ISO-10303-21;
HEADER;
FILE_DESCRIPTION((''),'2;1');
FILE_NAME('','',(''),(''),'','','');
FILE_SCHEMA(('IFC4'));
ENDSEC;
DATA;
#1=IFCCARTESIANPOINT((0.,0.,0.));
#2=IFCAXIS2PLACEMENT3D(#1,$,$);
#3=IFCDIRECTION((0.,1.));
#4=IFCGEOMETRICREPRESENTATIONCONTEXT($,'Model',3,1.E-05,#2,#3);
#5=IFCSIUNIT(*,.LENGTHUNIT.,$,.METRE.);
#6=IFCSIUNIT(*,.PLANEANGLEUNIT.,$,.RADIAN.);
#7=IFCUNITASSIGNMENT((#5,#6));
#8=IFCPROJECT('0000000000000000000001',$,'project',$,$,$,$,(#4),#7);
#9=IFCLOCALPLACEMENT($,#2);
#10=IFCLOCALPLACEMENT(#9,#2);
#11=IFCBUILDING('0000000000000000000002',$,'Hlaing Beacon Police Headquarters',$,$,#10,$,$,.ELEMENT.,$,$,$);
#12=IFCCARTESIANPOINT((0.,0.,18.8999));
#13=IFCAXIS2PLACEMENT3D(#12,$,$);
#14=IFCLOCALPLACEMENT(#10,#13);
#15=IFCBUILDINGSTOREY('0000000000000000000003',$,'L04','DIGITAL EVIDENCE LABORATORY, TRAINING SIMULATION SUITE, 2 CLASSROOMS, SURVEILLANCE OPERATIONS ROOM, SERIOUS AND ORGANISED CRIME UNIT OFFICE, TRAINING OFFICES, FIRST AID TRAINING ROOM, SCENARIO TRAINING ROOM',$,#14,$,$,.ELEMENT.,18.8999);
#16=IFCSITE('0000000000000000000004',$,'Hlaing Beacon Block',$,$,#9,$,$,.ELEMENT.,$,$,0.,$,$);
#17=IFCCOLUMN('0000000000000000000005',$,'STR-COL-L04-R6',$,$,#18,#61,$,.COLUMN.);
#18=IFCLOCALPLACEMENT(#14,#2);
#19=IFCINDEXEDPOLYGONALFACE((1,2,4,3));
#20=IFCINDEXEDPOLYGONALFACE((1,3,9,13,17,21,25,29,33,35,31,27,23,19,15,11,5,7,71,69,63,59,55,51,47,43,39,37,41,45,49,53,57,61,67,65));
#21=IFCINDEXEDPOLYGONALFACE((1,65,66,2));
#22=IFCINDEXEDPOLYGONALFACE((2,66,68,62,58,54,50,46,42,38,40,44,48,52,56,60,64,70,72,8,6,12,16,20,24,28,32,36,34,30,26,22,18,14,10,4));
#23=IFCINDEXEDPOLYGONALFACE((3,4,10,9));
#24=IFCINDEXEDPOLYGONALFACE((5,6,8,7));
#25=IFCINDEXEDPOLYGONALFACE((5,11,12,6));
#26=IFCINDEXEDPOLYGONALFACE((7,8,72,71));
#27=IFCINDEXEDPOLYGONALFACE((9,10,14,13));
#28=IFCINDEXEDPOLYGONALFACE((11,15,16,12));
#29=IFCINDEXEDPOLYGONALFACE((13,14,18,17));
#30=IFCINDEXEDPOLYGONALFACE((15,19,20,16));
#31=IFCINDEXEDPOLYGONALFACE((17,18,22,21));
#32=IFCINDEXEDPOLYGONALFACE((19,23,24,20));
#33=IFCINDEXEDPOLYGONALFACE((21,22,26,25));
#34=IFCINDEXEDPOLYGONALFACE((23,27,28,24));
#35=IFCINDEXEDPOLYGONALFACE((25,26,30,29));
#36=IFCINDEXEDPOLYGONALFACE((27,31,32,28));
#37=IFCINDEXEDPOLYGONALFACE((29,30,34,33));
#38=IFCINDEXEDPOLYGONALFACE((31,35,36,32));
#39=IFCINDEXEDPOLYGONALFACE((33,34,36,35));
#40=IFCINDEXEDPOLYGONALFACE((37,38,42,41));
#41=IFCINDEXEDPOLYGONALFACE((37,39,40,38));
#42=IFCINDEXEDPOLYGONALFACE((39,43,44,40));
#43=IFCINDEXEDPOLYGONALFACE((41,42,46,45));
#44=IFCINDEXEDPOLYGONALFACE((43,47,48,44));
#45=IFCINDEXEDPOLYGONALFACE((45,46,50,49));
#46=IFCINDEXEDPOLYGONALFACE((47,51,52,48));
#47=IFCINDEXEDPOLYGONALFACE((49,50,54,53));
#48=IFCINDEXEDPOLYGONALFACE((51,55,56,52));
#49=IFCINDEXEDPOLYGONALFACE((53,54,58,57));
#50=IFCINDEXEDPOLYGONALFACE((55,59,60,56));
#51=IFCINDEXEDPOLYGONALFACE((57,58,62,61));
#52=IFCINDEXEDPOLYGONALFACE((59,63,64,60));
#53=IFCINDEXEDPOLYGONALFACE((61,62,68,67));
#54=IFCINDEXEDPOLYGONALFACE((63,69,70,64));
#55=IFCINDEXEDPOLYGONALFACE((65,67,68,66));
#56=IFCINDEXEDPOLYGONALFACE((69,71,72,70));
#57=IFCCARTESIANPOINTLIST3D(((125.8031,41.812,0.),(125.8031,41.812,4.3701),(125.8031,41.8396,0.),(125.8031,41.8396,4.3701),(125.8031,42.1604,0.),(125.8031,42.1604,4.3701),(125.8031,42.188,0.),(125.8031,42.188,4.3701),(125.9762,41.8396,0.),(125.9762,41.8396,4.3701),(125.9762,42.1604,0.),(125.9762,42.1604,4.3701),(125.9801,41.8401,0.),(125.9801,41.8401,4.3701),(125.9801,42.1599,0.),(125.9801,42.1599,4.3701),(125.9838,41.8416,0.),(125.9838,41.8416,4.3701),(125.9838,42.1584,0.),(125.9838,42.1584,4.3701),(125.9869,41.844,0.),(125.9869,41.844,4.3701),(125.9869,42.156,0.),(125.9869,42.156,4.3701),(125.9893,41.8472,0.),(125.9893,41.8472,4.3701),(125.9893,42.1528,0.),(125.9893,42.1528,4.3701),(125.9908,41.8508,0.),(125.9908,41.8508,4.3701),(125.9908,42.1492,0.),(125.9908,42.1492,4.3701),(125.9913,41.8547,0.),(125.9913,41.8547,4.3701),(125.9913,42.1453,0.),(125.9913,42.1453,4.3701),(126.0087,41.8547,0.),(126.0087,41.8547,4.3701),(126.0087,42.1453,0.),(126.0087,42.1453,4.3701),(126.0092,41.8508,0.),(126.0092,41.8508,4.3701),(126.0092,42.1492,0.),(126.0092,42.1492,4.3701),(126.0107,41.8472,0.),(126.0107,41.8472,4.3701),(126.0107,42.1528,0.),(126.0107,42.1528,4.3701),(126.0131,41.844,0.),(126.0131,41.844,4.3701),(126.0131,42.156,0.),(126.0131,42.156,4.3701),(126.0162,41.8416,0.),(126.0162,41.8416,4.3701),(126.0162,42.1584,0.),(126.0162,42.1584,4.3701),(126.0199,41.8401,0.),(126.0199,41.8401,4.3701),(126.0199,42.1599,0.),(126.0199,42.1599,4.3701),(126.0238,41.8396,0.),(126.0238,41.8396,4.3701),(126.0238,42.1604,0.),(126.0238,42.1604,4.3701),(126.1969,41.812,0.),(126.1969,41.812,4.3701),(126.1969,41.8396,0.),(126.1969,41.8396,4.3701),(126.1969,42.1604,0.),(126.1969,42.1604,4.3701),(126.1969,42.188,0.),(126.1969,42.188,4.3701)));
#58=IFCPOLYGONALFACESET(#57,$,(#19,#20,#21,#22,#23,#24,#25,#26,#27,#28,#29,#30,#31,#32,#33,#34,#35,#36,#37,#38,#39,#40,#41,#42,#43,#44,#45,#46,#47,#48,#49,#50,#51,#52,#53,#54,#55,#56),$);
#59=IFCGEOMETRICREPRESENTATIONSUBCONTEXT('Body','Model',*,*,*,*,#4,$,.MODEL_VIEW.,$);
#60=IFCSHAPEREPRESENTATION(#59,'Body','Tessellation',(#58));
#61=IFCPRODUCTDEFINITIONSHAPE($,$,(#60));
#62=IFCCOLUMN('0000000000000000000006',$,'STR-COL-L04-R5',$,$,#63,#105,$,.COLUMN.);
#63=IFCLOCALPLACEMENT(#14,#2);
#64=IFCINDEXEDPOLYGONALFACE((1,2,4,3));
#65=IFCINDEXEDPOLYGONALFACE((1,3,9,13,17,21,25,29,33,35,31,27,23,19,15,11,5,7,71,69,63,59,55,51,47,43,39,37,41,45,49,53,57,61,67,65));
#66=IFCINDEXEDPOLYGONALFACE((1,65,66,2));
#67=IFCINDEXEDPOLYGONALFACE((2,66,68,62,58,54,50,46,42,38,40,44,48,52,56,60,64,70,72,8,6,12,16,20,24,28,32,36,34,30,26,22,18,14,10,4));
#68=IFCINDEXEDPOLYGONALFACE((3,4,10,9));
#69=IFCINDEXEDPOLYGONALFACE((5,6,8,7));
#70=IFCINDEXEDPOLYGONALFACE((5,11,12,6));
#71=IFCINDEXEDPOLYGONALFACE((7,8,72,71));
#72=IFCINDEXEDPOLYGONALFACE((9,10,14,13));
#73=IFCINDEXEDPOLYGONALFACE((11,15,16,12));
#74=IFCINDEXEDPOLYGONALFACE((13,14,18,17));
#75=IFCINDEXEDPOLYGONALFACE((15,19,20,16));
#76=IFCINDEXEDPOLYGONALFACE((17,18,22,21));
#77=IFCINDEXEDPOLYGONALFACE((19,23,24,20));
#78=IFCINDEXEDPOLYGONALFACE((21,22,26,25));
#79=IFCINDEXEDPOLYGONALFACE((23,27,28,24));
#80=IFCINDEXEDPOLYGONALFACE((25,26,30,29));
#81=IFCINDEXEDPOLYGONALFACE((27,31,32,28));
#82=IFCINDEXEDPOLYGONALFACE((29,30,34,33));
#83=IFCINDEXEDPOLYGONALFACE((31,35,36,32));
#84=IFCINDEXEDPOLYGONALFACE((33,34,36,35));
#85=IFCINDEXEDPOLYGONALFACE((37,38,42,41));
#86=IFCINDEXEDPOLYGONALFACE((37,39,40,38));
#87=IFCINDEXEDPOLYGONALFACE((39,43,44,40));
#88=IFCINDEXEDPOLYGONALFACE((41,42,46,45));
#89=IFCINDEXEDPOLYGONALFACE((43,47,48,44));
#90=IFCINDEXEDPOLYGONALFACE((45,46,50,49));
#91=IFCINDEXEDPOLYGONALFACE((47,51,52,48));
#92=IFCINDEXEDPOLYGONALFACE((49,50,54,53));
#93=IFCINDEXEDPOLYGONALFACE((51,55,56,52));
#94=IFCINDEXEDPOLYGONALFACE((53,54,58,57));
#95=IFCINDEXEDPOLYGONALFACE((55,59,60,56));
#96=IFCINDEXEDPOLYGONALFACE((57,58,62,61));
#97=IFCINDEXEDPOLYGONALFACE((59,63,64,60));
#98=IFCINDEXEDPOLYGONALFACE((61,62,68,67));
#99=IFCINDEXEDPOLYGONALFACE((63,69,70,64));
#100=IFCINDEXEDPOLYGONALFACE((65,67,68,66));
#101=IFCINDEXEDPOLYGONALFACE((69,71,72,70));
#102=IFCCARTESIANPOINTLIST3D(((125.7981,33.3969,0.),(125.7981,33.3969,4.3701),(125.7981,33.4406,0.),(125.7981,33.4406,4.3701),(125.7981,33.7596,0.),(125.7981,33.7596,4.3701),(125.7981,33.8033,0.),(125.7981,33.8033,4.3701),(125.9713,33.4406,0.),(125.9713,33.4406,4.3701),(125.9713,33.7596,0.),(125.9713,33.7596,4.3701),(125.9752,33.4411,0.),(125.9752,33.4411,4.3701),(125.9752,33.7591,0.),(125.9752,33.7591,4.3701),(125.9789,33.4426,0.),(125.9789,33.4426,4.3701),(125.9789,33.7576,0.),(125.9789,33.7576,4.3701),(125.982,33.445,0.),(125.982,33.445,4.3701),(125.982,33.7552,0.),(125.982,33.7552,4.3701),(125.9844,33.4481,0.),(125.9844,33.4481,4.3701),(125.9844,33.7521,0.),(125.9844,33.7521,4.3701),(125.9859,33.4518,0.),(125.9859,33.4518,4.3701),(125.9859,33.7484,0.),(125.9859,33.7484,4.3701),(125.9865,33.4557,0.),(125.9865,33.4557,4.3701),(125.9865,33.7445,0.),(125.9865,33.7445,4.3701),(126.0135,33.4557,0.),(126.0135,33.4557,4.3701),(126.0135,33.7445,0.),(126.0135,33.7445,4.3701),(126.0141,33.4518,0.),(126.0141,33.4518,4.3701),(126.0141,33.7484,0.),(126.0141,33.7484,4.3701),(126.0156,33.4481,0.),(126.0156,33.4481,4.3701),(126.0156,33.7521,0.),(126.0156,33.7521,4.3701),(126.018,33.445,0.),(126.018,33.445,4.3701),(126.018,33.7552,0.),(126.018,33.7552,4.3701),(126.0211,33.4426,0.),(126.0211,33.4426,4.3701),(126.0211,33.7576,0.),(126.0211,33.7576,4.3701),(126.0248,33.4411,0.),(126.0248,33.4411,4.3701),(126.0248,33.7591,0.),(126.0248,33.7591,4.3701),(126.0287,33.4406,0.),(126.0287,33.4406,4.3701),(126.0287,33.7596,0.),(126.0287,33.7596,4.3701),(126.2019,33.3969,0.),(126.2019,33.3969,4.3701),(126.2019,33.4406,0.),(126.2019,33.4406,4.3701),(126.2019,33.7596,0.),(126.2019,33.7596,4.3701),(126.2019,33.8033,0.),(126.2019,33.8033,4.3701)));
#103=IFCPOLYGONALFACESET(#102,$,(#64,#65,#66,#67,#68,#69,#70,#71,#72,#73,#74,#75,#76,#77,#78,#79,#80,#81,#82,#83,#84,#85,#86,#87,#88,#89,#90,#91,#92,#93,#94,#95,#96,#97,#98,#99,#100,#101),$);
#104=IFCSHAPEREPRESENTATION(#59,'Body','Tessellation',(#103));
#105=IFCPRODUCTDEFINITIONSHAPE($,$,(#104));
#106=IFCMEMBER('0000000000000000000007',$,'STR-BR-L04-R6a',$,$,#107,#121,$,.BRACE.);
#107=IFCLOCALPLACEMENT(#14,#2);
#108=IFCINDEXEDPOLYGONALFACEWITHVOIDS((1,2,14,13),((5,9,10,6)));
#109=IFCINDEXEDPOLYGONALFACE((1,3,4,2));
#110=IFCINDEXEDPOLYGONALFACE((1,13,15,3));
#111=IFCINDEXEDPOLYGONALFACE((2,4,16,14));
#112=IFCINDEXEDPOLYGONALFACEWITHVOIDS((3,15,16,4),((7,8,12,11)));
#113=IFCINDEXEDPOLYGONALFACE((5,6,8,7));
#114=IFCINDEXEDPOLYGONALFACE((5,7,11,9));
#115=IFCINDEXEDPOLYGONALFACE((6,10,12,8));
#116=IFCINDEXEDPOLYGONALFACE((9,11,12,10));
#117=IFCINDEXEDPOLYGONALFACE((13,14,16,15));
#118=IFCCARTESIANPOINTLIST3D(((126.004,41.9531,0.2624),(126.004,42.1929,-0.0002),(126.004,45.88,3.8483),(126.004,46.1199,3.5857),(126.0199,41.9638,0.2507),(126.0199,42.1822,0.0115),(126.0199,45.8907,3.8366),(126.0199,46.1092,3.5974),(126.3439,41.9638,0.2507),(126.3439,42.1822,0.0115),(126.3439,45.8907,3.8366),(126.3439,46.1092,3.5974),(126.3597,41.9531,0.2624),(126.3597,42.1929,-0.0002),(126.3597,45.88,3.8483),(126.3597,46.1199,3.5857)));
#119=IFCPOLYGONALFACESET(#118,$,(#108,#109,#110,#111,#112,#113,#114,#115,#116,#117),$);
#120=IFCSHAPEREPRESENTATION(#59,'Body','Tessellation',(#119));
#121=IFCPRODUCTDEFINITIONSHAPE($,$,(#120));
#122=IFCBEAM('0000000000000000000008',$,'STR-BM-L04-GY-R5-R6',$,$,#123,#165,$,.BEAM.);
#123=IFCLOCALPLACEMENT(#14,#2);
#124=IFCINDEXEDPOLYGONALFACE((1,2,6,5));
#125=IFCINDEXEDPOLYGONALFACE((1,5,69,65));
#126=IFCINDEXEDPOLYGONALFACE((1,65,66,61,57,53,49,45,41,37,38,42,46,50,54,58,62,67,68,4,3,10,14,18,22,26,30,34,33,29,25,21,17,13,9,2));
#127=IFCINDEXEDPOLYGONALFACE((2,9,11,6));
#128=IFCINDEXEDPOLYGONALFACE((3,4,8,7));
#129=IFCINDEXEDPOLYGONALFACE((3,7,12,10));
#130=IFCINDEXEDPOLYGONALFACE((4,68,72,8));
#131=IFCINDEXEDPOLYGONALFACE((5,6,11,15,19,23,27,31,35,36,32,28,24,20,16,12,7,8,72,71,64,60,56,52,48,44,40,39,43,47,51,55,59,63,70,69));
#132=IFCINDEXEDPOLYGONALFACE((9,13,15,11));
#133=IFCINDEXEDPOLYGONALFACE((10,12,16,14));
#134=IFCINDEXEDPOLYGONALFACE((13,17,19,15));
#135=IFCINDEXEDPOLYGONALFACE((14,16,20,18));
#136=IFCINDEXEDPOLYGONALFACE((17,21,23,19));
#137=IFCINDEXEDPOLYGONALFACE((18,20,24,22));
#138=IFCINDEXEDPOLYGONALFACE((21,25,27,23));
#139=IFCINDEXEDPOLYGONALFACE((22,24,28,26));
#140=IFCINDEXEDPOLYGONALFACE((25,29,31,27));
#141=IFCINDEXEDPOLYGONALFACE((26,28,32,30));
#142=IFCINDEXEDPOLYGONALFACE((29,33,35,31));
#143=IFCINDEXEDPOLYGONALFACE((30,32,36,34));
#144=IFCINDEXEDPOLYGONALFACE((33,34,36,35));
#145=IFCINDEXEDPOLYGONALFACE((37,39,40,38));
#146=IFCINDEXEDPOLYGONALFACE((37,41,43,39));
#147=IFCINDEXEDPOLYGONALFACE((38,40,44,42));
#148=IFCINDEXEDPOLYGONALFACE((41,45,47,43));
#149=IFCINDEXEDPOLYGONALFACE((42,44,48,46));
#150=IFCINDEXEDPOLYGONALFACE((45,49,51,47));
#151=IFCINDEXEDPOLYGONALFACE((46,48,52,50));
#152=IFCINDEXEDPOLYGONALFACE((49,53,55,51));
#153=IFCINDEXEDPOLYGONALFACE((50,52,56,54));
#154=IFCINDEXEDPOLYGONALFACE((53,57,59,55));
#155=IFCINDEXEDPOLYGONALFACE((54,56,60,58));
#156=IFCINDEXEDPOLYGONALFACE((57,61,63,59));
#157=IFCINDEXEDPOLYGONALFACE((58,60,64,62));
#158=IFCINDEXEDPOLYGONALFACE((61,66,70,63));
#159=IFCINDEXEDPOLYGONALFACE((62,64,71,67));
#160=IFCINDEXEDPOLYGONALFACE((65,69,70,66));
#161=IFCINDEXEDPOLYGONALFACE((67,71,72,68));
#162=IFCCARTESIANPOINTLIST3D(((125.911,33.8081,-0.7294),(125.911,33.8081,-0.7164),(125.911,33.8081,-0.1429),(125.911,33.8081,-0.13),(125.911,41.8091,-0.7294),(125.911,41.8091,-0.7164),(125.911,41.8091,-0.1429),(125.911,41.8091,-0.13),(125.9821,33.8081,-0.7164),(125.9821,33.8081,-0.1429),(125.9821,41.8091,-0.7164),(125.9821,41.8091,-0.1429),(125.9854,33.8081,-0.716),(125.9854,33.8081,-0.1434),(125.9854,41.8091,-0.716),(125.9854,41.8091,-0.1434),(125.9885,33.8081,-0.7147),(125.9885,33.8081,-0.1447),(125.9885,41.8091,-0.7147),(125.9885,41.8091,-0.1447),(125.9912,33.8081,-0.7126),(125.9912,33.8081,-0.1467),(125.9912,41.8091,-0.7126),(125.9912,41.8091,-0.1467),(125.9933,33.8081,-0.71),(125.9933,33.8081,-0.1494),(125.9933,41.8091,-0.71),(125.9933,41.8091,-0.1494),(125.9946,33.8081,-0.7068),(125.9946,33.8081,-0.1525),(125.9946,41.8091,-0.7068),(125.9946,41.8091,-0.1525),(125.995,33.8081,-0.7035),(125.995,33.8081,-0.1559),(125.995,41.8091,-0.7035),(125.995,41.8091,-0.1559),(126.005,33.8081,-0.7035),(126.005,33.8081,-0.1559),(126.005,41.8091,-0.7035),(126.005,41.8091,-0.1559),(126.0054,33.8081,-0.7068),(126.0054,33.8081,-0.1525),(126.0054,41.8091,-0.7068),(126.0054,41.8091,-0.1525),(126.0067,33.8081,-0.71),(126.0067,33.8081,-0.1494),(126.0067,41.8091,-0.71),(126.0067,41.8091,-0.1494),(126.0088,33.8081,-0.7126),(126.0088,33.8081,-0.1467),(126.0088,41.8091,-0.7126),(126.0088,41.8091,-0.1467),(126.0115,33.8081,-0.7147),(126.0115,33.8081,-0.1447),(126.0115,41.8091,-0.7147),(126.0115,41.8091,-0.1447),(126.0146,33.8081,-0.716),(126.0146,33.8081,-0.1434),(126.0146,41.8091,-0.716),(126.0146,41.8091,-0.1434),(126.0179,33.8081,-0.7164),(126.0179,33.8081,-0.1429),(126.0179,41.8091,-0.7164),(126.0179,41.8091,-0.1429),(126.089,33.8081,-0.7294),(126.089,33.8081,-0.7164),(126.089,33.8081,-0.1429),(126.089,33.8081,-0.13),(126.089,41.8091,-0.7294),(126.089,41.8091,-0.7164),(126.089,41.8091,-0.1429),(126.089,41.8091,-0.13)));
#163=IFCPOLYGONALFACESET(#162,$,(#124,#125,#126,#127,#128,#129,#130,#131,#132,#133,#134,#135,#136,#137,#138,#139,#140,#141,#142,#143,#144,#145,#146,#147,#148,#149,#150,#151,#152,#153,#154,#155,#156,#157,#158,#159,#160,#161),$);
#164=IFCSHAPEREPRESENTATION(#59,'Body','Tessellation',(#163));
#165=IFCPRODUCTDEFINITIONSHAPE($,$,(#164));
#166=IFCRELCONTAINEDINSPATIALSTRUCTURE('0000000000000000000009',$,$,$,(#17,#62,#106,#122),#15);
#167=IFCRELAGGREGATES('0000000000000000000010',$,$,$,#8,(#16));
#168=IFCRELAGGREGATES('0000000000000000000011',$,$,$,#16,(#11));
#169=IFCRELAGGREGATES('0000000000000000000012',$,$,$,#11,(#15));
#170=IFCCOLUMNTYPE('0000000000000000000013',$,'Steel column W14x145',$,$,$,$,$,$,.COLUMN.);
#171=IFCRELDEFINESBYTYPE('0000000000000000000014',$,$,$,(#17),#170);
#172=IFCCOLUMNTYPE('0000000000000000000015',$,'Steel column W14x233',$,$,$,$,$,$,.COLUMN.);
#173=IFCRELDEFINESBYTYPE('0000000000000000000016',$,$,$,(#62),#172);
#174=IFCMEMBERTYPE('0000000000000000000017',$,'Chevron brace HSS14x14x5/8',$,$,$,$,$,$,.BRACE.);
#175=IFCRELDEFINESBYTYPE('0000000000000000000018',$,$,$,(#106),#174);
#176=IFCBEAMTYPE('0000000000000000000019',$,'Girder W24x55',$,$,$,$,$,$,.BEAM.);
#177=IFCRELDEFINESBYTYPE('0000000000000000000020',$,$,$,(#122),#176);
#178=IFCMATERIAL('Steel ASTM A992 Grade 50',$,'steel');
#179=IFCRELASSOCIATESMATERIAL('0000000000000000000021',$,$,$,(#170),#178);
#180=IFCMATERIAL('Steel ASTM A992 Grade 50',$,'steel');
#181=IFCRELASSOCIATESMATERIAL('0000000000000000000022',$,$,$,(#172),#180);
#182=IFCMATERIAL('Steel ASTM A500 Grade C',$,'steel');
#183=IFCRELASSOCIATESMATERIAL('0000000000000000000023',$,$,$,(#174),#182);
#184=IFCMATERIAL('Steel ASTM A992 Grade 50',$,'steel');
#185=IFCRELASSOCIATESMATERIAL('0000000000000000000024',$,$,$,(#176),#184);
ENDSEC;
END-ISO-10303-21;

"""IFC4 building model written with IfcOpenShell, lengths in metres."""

from ifc_helpers import new_model, si_unit, direction, frame, origin, origin_2d, place, context, subcontext, project, spatial, hollow_rectangle, i_section, extrude, material, material_profile, profile_set, type_object, element, save


model = new_model("IFC4")

# Units and contexts
model_context = context("Model", 3, precision=1e-05, world=origin(), true_north=direction((0.0, 1.0)))
body_context = subcontext(model_context, "Body", "Model", "MODEL_VIEW")
ifc_project = project(units=[si_unit("LENGTHUNIT", "METRE"), si_unit("PLANEANGLEUNIT", "RADIAN")], contexts=[model_context])

# Site, building, storey
site_placement = place(None, origin())
site = spatial("IfcSite", under=ifc_project, at=site_placement, Name="Hlaing Beacon Block", CompositionType="ELEMENT", RefElevation=0.0)
building_placement = place(site_placement, origin())
building = spatial("IfcBuilding", under=site, at=building_placement, Name="Hlaing Beacon Police Headquarters", CompositionType="ELEMENT")
storey_placement = place(building_placement, frame((0.0, 0.0, 18.8999)))
storey = spatial("IfcBuildingStorey", under=building, at=storey_placement, Name="L04", Description="DIGITAL EVIDENCE LABORATORY, TRAINING SIMULATION SUITE, 2 CLASSROOMS, SURVEILLANCE OPERATIONS ROOM, SERIOUS AND ORGANISED CRIME UNIT OFFICE, TRAINING OFFICES, FIRST AID TRAINING ROOM, SCENARIO TRAINING ROOM", CompositionType="ELEMENT", Elevation=18.8999)

# Columns
ifc_material_1 = material(Name="Steel ASTM A992 Grade 50", Category="steel")
ifc_material_profile_1 = material_profile(ifc_material_1, i_section(OverallWidth=0.3938, OverallDepth=0.376, WebThickness=0.0173, FlangeThickness=0.0276, FilletRadius=0.0151, at=origin_2d()), Name="W14x145")
ifc_profile_set_1 = profile_set([ifc_material_profile_1], Name="Steel ASTM A992 Grade 50")
column_type_1 = type_object("IfcColumnType", Name="Steel column W14x145", PredefinedType="COLUMN", material=ifc_profile_set_1)
column_1_placement = place(storey_placement, frame((126.0, 42.0, 0.0), z_axis=(0.0, 0.0, 1.0), x_axis=(1.0, 0.0, 0.0)))
element("IfcColumn", 1, at=column_1_placement, inside=storey, type_object=column_type_1, Name="STR-COL-L04-R6", PredefinedType="COLUMN", context=body_context, shape_type="SweptSolid", body=[
    extrude(i_section(OverallWidth=0.3938, OverallDepth=0.376, WebThickness=0.0173, FlangeThickness=0.0276, FilletRadius=0.0151, at=origin_2d()), origin(), (0.0, 0.0, 1.0), 4.3701),
])
ifc_material_2 = material(Name="Steel ASTM A992 Grade 50", Category="steel")
ifc_material_profile_2 = material_profile(ifc_material_2, i_section(OverallWidth=0.4038, OverallDepth=0.4065, WebThickness=0.0271, FlangeThickness=0.0437, FilletRadius=0.0151, at=origin_2d()), Name="W14x233")
ifc_profile_set_2 = profile_set([ifc_material_profile_2], Name="Steel ASTM A992 Grade 50")
column_type_2 = type_object("IfcColumnType", Name="Steel column W14x233", PredefinedType="COLUMN", material=ifc_profile_set_2)
column_2_placement = place(storey_placement, frame((126.0, 33.6001, 0.0), z_axis=(0.0, 0.0, 1.0), x_axis=(1.0, 0.0, 0.0)))
element("IfcColumn", 2, at=column_2_placement, inside=storey, type_object=column_type_2, Name="STR-COL-L04-R5", PredefinedType="COLUMN", context=body_context, shape_type="SweptSolid", body=[
    extrude(i_section(OverallWidth=0.4038, OverallDepth=0.4065, WebThickness=0.0271, FlangeThickness=0.0437, FilletRadius=0.0151, at=origin_2d()), origin(), (0.0, 0.0, 1.0), 4.3701),
])

# Member
ifc_material_3 = material(Name="Steel ASTM A500 Grade C", Category="steel")
ifc_material_profile_3 = material_profile(ifc_material_3, hollow_rectangle(XDim=0.3557, YDim=0.3557, WallThickness=0.0159, at=origin_2d()), Name="HSS14x14x5/8")
ifc_profile_set_3 = profile_set([ifc_material_profile_3], Name="Steel ASTM A500 Grade C")
member_type_1 = type_object("IfcMemberType", Name="Chevron brace HSS14x14x5/8", PredefinedType="BRACE", material=ifc_profile_set_3)
member_1_placement = place(storey_placement, frame((126.1819, 42.073, 0.1311), z_axis=(0.0, 0.738447, 0.674312), x_axis=(-1.0, 0.0, 0.0)))
element("IfcMember", 3, at=member_1_placement, inside=storey, type_object=member_type_1, Name="STR-BR-L04-R6a", PredefinedType="BRACE", context=body_context, shape_type="SweptSolid", body=[
    extrude(hollow_rectangle(XDim=0.3557, YDim=0.3557, WallThickness=0.0159, at=origin_2d()), origin(), (0.0, 0.0, 1.0), 5.3179),
])

# Beam
ifc_material_4 = material(Name="Steel ASTM A992 Grade 50", Category="steel")
ifc_material_profile_4 = material_profile(ifc_material_4, i_section(OverallWidth=0.178, OverallDepth=0.5994, WebThickness=0.01, FlangeThickness=0.0129, FilletRadius=0.0129, at=origin_2d()), Name="W24x55")
ifc_profile_set_4 = profile_set([ifc_material_profile_4], Name="Steel ASTM A992 Grade 50")
beam_type_1 = type_object("IfcBeamType", Name="Girder W24x55", PredefinedType="BEAM", material=ifc_profile_set_4)
beam_1_placement = place(storey_placement, frame((126.0, 33.8081, -0.4297), z_axis=(0.0, 1.0, 0.0), x_axis=(-1.0, 0.0, 0.0)))
element("IfcBeam", 4, at=beam_1_placement, inside=storey, type_object=beam_type_1, Name="STR-BM-L04-GY-R5-R6", PredefinedType="BEAM", context=body_context, shape_type="SweptSolid", body=[
    extrude(i_section(OverallWidth=0.178, OverallDepth=0.5994, WebThickness=0.01, FlangeThickness=0.0129, FilletRadius=0.0129, at=origin_2d()), origin(), (0.0, 0.0, 1.0), 8.001),
])

save(model, "model.ifc")
